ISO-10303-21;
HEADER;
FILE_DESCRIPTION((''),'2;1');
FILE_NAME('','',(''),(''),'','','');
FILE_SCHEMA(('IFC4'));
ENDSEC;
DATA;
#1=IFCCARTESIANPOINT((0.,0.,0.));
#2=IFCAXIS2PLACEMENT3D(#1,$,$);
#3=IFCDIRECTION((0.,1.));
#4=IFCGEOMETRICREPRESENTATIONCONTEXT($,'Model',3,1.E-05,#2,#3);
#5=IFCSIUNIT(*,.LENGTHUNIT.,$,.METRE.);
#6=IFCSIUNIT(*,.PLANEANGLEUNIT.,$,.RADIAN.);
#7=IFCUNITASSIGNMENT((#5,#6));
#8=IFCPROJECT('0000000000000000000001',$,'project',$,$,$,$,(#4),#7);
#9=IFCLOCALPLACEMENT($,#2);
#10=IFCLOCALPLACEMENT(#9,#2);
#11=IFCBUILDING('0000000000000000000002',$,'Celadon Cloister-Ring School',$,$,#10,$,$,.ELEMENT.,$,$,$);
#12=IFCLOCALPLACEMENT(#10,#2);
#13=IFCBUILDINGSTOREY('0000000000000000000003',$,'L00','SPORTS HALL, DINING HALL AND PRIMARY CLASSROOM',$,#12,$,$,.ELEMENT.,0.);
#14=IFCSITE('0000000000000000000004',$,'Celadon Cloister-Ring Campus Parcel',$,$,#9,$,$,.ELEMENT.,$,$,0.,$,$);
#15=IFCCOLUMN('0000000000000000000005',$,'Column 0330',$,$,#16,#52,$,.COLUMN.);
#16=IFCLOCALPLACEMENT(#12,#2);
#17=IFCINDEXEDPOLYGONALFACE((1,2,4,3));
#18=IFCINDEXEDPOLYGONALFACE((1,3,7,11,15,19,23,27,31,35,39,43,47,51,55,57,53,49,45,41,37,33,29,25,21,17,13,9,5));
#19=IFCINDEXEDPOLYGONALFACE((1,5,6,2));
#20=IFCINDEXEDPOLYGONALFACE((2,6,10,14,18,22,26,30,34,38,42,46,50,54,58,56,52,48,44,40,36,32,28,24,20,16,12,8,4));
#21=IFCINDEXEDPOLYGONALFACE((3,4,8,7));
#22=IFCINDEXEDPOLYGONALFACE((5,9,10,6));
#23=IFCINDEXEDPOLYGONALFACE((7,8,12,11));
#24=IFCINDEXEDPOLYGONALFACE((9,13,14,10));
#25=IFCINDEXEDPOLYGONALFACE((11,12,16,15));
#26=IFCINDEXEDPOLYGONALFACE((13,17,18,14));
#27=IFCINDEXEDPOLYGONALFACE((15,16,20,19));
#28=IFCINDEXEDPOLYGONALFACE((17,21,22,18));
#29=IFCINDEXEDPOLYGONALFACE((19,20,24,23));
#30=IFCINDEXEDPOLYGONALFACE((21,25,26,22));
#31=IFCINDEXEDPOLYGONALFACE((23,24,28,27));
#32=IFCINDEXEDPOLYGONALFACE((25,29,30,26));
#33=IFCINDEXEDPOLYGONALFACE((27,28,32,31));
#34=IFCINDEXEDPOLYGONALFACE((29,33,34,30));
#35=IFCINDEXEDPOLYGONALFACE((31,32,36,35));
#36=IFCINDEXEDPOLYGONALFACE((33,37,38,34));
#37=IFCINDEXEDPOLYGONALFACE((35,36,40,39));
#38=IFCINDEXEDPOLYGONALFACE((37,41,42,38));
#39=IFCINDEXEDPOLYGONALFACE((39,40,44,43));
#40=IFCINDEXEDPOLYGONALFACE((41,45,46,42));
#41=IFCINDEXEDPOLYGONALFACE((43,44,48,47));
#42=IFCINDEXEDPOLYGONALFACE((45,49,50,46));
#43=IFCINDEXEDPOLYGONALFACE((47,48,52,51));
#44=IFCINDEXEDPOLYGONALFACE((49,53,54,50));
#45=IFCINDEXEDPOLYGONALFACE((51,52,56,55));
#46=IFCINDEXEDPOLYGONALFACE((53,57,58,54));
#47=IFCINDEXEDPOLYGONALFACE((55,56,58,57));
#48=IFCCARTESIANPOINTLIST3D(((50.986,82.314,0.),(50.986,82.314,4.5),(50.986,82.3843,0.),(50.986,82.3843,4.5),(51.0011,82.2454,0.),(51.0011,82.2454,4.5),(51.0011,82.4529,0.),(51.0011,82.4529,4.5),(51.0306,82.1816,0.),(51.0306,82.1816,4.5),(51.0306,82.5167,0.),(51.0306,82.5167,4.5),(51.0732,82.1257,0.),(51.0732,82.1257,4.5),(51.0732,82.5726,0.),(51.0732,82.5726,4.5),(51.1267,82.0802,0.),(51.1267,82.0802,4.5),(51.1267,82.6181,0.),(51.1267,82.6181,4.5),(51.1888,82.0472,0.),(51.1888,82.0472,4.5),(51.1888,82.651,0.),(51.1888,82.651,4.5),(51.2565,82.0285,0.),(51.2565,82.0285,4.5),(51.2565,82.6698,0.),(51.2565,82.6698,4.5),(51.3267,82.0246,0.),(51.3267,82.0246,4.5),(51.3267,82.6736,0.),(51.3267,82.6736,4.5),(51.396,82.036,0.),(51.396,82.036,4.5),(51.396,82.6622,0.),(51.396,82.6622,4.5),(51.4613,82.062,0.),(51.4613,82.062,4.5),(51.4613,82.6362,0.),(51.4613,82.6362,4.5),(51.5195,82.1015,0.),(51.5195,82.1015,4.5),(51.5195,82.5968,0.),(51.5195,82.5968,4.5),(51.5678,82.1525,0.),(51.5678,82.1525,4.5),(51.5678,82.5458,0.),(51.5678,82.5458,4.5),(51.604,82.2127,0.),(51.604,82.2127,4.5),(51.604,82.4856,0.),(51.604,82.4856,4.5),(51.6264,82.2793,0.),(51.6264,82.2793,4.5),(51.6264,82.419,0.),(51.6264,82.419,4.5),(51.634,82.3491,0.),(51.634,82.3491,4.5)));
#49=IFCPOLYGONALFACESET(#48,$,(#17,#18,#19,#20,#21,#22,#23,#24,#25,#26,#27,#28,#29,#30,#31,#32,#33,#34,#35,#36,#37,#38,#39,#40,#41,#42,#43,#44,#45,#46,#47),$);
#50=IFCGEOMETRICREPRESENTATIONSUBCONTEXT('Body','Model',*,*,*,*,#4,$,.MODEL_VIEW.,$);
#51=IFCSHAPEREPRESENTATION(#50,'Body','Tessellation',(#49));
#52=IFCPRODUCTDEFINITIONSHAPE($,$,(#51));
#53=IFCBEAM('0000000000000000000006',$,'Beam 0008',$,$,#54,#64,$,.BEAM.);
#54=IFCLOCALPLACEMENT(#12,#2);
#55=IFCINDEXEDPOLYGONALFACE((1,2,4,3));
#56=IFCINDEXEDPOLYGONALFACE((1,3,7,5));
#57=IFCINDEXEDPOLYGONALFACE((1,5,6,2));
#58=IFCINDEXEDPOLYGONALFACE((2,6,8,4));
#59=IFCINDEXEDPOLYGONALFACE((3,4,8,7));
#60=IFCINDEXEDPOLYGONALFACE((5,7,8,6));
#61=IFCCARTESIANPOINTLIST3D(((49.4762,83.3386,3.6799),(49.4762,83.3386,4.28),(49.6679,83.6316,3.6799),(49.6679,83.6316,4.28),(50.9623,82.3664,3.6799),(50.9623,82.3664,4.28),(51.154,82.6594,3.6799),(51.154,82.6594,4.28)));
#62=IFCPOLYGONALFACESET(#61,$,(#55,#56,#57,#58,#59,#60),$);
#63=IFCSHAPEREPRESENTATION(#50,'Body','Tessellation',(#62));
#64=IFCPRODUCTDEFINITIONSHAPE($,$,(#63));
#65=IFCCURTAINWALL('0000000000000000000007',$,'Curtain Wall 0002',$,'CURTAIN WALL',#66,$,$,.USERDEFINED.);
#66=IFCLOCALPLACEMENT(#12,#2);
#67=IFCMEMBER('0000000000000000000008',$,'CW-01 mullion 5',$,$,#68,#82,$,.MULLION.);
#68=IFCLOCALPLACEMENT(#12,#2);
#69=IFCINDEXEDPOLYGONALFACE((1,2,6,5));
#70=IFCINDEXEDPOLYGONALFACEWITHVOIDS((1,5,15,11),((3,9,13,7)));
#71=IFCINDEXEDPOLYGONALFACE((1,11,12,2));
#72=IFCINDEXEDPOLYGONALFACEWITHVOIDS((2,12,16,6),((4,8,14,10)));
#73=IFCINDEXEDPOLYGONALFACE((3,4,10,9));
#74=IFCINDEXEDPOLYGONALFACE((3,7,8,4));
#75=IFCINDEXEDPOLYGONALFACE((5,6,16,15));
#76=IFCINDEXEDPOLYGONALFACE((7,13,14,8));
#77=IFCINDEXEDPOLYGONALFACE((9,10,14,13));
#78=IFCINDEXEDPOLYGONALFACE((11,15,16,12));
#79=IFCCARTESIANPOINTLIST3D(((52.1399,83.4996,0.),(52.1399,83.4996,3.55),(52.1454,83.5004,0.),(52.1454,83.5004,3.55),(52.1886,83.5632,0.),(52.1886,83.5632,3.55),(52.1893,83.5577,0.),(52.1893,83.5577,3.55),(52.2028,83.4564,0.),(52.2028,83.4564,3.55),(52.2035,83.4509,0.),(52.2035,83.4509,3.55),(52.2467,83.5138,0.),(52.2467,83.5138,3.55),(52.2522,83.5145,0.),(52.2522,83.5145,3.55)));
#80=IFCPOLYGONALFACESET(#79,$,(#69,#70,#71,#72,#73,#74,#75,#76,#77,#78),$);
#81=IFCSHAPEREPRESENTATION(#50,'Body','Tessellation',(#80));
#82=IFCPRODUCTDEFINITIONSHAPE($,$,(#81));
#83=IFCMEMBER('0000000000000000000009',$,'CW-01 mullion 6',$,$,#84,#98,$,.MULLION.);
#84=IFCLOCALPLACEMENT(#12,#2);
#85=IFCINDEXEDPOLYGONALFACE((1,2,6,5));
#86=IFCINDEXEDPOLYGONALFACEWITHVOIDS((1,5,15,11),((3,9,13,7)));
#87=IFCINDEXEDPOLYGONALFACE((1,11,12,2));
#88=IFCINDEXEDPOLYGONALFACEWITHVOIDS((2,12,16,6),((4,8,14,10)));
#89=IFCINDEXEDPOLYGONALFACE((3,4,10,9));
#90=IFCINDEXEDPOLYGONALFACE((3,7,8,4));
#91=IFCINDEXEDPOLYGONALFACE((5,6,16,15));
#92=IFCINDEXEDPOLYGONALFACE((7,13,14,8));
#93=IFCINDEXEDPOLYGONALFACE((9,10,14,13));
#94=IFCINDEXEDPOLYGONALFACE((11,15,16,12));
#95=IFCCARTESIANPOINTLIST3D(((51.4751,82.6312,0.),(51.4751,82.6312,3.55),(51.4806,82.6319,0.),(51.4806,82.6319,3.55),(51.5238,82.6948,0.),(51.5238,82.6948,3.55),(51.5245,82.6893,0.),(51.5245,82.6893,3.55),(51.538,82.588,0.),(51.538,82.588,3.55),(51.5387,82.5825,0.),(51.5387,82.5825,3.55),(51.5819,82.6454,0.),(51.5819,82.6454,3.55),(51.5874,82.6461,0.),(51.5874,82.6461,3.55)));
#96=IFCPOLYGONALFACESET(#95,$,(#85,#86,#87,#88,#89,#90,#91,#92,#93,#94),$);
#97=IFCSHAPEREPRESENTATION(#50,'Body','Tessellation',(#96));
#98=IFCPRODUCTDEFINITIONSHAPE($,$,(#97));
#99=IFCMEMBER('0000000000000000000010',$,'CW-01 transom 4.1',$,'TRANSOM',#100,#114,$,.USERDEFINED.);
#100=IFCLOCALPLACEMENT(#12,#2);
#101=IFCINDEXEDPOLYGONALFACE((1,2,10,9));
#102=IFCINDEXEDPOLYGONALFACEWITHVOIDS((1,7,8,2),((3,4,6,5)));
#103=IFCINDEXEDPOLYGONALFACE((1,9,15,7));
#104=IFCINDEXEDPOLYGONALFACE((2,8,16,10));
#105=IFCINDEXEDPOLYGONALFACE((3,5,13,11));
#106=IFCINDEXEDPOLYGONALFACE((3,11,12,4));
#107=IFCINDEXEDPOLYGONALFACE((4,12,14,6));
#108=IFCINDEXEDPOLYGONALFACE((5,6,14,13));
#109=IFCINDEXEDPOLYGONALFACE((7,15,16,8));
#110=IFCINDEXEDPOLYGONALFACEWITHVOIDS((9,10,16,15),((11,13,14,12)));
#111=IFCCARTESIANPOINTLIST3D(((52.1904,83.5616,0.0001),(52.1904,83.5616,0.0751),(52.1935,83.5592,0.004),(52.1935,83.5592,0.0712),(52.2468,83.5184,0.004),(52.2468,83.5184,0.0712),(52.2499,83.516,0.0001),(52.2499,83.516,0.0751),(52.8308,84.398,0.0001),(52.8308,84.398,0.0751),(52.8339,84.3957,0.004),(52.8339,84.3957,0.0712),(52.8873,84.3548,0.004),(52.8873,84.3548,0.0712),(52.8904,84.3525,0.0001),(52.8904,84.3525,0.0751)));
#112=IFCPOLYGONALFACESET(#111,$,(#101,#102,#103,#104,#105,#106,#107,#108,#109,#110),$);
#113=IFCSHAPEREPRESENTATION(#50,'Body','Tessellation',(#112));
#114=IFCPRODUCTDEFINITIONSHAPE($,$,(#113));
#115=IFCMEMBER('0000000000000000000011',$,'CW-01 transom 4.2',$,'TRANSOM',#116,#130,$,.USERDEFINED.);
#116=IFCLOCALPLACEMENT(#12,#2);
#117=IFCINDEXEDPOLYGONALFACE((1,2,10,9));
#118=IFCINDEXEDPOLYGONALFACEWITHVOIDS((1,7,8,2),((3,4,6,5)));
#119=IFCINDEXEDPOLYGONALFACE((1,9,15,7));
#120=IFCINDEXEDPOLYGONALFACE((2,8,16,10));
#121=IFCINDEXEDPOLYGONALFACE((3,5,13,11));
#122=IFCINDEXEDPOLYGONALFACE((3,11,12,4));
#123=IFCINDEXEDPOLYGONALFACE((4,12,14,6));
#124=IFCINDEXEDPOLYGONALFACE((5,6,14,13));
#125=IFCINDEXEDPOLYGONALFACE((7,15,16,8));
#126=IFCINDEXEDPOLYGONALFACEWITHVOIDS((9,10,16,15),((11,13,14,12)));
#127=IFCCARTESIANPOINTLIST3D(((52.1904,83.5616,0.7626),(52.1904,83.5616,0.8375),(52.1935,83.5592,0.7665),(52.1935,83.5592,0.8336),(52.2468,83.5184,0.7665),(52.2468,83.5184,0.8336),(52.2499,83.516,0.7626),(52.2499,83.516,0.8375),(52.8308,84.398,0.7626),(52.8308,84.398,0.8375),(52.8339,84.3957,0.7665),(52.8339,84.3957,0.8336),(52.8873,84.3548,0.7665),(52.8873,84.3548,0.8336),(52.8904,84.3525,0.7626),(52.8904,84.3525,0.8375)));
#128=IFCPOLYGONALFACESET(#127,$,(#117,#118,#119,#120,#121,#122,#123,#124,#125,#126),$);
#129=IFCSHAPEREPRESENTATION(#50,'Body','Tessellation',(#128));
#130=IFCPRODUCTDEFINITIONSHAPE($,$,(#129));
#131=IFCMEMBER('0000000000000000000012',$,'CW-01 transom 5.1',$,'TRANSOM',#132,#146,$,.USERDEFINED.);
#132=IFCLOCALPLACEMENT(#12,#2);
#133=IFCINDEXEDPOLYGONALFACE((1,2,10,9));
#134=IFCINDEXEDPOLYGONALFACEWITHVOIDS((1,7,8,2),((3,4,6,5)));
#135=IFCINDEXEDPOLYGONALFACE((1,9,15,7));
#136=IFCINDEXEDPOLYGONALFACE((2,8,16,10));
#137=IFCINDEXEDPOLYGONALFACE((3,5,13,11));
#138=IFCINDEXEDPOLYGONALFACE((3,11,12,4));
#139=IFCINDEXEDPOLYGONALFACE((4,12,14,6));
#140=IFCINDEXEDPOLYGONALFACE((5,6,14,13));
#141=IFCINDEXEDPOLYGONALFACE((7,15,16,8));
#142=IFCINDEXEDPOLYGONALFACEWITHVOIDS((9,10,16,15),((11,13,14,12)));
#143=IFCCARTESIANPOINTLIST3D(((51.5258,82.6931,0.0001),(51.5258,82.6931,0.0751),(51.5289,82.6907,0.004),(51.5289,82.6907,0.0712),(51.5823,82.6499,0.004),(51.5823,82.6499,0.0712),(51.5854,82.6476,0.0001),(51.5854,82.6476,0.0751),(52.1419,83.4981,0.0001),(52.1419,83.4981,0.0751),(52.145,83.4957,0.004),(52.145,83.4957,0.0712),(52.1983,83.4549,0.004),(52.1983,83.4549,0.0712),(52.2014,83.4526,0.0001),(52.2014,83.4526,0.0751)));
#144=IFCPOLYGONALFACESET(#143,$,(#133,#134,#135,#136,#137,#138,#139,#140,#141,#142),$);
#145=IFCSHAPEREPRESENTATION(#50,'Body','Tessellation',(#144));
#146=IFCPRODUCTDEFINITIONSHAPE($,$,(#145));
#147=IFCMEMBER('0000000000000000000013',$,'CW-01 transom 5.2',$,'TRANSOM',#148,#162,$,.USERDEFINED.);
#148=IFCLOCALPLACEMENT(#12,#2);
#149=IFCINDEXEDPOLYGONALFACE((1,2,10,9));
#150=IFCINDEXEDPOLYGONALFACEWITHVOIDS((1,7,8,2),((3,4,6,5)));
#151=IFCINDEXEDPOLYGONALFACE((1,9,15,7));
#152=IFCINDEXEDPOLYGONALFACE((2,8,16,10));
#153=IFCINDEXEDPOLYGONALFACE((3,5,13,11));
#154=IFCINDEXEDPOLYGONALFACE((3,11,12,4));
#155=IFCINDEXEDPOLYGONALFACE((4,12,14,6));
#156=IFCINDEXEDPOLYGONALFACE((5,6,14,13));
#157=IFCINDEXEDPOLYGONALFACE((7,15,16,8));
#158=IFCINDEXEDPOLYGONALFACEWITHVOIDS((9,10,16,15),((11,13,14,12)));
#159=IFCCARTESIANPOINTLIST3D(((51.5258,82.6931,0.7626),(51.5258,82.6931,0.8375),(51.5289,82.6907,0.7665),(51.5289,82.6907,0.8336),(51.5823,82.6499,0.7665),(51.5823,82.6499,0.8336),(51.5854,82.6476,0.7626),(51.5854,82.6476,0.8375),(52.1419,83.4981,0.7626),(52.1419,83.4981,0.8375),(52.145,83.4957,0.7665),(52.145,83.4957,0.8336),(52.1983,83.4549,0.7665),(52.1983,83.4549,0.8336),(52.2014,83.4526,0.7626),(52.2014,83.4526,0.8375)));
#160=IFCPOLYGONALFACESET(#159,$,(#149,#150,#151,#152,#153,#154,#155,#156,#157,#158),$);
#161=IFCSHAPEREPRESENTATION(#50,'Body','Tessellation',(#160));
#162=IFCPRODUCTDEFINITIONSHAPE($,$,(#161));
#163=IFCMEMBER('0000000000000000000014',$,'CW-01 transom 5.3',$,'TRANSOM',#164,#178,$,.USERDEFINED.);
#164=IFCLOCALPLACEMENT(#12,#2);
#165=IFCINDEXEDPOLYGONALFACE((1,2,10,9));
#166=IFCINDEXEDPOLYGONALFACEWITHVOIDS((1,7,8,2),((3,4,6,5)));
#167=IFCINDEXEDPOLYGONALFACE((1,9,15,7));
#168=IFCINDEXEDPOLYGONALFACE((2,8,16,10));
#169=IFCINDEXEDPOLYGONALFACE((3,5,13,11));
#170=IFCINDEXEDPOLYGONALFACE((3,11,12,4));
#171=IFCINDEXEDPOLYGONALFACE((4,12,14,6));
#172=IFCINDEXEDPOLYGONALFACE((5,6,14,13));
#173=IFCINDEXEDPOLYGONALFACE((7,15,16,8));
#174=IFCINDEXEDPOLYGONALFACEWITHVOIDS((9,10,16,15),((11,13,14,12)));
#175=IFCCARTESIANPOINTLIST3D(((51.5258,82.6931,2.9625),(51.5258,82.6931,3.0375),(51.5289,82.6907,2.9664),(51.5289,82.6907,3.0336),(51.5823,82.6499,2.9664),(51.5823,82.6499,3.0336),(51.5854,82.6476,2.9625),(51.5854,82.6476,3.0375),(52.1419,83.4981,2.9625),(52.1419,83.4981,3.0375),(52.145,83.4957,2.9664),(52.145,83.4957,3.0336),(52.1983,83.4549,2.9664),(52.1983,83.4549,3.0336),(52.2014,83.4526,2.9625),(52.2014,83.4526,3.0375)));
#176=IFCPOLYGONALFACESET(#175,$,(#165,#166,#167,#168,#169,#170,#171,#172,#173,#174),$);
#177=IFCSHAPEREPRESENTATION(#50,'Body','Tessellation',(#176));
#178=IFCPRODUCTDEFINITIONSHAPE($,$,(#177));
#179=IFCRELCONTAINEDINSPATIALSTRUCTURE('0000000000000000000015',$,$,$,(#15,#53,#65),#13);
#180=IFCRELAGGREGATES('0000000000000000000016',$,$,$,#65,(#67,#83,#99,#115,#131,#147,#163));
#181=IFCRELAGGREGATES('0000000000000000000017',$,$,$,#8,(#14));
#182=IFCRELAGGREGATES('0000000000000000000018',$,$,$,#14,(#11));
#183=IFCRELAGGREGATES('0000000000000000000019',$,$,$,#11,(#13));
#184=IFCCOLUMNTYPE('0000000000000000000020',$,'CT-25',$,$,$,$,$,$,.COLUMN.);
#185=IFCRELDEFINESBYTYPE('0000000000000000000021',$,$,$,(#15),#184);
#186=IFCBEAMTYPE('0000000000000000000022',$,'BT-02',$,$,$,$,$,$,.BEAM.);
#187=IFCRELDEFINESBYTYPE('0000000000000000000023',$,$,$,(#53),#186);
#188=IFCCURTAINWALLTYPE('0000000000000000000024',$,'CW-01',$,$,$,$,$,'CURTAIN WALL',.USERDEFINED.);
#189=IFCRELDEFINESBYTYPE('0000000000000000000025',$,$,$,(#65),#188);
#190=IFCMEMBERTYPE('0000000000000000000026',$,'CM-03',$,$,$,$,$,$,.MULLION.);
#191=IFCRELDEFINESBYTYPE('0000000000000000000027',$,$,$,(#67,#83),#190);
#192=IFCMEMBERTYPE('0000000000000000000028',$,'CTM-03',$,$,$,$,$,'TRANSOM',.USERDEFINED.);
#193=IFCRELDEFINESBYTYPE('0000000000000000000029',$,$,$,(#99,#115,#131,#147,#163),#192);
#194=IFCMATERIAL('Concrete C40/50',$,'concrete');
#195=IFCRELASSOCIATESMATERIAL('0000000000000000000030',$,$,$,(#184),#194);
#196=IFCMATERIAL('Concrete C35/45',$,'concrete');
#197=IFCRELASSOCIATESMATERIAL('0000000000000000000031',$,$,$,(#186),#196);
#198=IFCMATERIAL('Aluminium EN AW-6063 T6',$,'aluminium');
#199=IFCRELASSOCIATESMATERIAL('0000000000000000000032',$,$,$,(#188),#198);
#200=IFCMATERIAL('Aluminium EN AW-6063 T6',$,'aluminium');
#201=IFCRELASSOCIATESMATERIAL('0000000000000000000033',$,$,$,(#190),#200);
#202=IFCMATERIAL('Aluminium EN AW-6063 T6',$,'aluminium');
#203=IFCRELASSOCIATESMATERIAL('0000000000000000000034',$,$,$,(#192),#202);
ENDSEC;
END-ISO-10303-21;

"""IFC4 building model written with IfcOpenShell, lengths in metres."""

from ifc_helpers import new_model, si_unit, direction, frame, origin, origin_2d, place, context, subcontext, project, spatial, rectangle, hollow_rectangle, circle, extrude, material, material_profile, profile_set, type_object, element, aggregate, save


model = new_model("IFC4")

# Units and contexts
model_context = context("Model", 3, precision=1e-05, world=origin(), true_north=direction((0.0, 1.0)))
body_context = subcontext(model_context, "Body", "Model", "MODEL_VIEW")
ifc_project = project(units=[si_unit("LENGTHUNIT", "METRE"), si_unit("PLANEANGLEUNIT", "RADIAN")], contexts=[model_context])

# Site, building, storey
site_placement = place(None, origin())
site = spatial("IfcSite", under=ifc_project, at=site_placement, Name="Celadon Cloister-Ring Campus Parcel", CompositionType="ELEMENT", RefElevation=0.0)
building_placement = place(site_placement, origin())
building = spatial("IfcBuilding", under=site, at=building_placement, Name="Celadon Cloister-Ring School", CompositionType="ELEMENT")
storey_placement = place(building_placement, origin())
storey = spatial("IfcBuildingStorey", under=building, at=storey_placement, Name="L00", Description="SPORTS HALL, DINING HALL AND PRIMARY CLASSROOM", CompositionType="ELEMENT", Elevation=0.0)

# Column
ifc_material_1 = material(Name="Concrete C40/50", Category="concrete")
ifc_material_profile_1 = material_profile(ifc_material_1, circle(Radius=0.325, at=origin_2d()), Name="CIRC650")
ifc_profile_set_1 = profile_set([ifc_material_profile_1], Name="Concrete C40/50")
column_type_1 = type_object("IfcColumnType", Name="CT-25", PredefinedType="COLUMN", material=ifc_profile_set_1)
column_1_placement = place(storey_placement, frame((51.3091, 82.3491, 0.0), z_axis=(0.0, 0.0, 1.0), x_axis=(1.0, 0.0, 0.0)))
element("IfcColumn", 1, at=column_1_placement, inside=storey, type_object=column_type_1, Name="Column 0330", PredefinedType="COLUMN", context=body_context, shape_type="SweptSolid", body=[
    extrude(circle(Radius=0.325, at=origin_2d()), origin(), (0.0, 0.0, 1.0), 4.5),
])

# Beam
ifc_material_2 = material(Name="Concrete C35/45", Category="concrete")
ifc_material_profile_2 = material_profile(ifc_material_2, rectangle(XDim=0.3501, YDim=0.6001, at=origin_2d()), Name="RC350X600")
ifc_profile_set_2 = profile_set([ifc_material_profile_2], Name="Concrete C35/45")
beam_type_1 = type_object("IfcBeamType", Name="BT-02", PredefinedType="BEAM", material=ifc_profile_set_2)
beam_1_placement = place(storey_placement, frame((49.572, 83.4851, 3.98), z_axis=(0.836841, -0.547446, 0.0), x_axis=(0.547446, 0.836841, 0.0)))
element("IfcBeam", 2, at=beam_1_placement, inside=storey, type_object=beam_type_1, Name="Beam 0008", PredefinedType="BEAM", context=body_context, shape_type="SweptSolid", body=[
    extrude(rectangle(XDim=0.3501, YDim=0.6001, at=origin_2d()), origin(), (0.0, 0.0, 1.0), 1.7759),
])

# Curtain wall, members
ifc_material_3 = material(Name="Aluminium EN AW-6063 T6", Category="aluminium")
curtain_wall_type = type_object("IfcCurtainWallType", Name="CW-01", ElementType="CURTAIN WALL", PredefinedType="USERDEFINED", material=ifc_material_3)
curtain_wall_placement = place(storey_placement, origin())
curtain_wall = element("IfcCurtainWall", 3, at=curtain_wall_placement, inside=storey, type_object=curtain_wall_type, Name="Curtain Wall 0002", ObjectType="CURTAIN WALL", PredefinedType="USERDEFINED")
ifc_material_4 = material(Name="Aluminium EN AW-6063 T6", Category="aluminium")
ifc_material_profile_3 = material_profile(ifc_material_4, hollow_rectangle(XDim=0.0801, YDim=0.0801, WallThickness=0.0039, at=origin_2d()), Name="RHS80X80X4")
ifc_profile_set_3 = profile_set([ifc_material_profile_3], Name="Aluminium EN AW-6063 T6")
member_type_1 = type_object("IfcMemberType", Name="CM-03", PredefinedType="MULLION", material=ifc_profile_set_3)
member_1_placement = place(storey_placement, frame((52.196, 83.5071, 0.0), z_axis=(0.0, 0.0, 1.0), x_axis=(0.794032, -0.607876, 0.0)))
member_1 = element("IfcMember", 4, at=member_1_placement, type_object=member_type_1, Name="CW-01 mullion 5", PredefinedType="MULLION", context=body_context, shape_type="SweptSolid", body=[
    extrude(hollow_rectangle(XDim=0.0801, YDim=0.0801, WallThickness=0.0039, at=origin_2d()), origin(), (0.0, 0.0, 1.0), 3.55),
])
member_2_placement = place(storey_placement, frame((51.5312, 82.6387, 0.0), z_axis=(0.0, 0.0, 1.0), x_axis=(0.794032, -0.607876, 0.0)))
member_2 = element("IfcMember", 5, at=member_2_placement, type_object=member_type_1, Name="CW-01 mullion 6", PredefinedType="MULLION", context=body_context, shape_type="SweptSolid", body=[
    extrude(hollow_rectangle(XDim=0.0801, YDim=0.0801, WallThickness=0.0039, at=origin_2d()), origin(), (0.0, 0.0, 1.0), 3.55),
])
ifc_material_5 = material(Name="Aluminium EN AW-6063 T6", Category="aluminium")
ifc_material_profile_4 = material_profile(ifc_material_5, hollow_rectangle(XDim=0.075, YDim=0.075, WallThickness=0.0039, at=origin_2d()), Name="RHS75X75X4")
ifc_profile_set_4 = profile_set([ifc_material_profile_4], Name="Aluminium EN AW-6063 T6")
member_type_2 = type_object("IfcMemberType", Name="CTM-03", ElementType="TRANSOM", PredefinedType="USERDEFINED", material=ifc_profile_set_4)
member_3_placement = place(storey_placement, frame((52.8606, 84.3752, 0.0376), z_axis=(-0.607906, -0.794009, 0.0), x_axis=(0.794009, -0.607906, 0.0)))
member_3 = element("IfcMember", 6, at=member_3_placement, type_object=member_type_2, Name="CW-01 transom 4.1", ObjectType="TRANSOM", PredefinedType="USERDEFINED", context=body_context, shape_type="SweptSolid", body=[
    extrude(hollow_rectangle(XDim=0.075, YDim=0.075, WallThickness=0.0039, at=origin_2d()), origin(), (0.0, 0.0, 1.0), 1.0535),
])
member_4_placement = place(storey_placement, frame((52.8606, 84.3752, 0.8), z_axis=(-0.607906, -0.794009, 0.0), x_axis=(0.794009, -0.607906, 0.0)))
member_4 = element("IfcMember", 7, at=member_4_placement, type_object=member_type_2, Name="CW-01 transom 4.2", ObjectType="TRANSOM", PredefinedType="USERDEFINED", context=body_context, shape_type="SweptSolid", body=[
    extrude(hollow_rectangle(XDim=0.075, YDim=0.075, WallThickness=0.0039, at=origin_2d()), origin(), (0.0, 0.0, 1.0), 1.0535),
])
member_5_placement = place(storey_placement, frame((52.1716, 83.4753, 0.0376), z_axis=(-0.607718, -0.794153, 0.0), x_axis=(0.794153, -0.607718, 0.0)))
member_5 = element("IfcMember", 8, at=member_5_placement, type_object=member_type_2, Name="CW-01 transom 5.1", ObjectType="TRANSOM", PredefinedType="USERDEFINED", context=body_context, shape_type="SweptSolid", body=[
    extrude(hollow_rectangle(XDim=0.075, YDim=0.075, WallThickness=0.0039, at=origin_2d()), origin(), (0.0, 0.0, 1.0), 1.0137),
])
member_6_placement = place(storey_placement, frame((52.1716, 83.4753, 0.8), z_axis=(-0.607718, -0.794153, 0.0), x_axis=(0.794153, -0.607718, 0.0)))
member_6 = element("IfcMember", 9, at=member_6_placement, type_object=member_type_2, Name="CW-01 transom 5.2", ObjectType="TRANSOM", PredefinedType="USERDEFINED", context=body_context, shape_type="SweptSolid", body=[
    extrude(hollow_rectangle(XDim=0.075, YDim=0.075, WallThickness=0.0039, at=origin_2d()), origin(), (0.0, 0.0, 1.0), 1.0137),
])
member_7_placement = place(storey_placement, frame((52.1716, 83.4753, 3.0), z_axis=(-0.607718, -0.794153, 0.0), x_axis=(0.794153, -0.607718, 0.0)))
member_7 = element("IfcMember", 10, at=member_7_placement, type_object=member_type_2, Name="CW-01 transom 5.3", ObjectType="TRANSOM", PredefinedType="USERDEFINED", context=body_context, shape_type="SweptSolid", body=[
    extrude(hollow_rectangle(XDim=0.075, YDim=0.075, WallThickness=0.0039, at=origin_2d()), origin(), (0.0, 0.0, 1.0), 1.0137),
])

aggregate(curtain_wall, [member_1, member_2, member_3, member_4, member_5, member_6, member_7])

save(model, "model.ifc")
